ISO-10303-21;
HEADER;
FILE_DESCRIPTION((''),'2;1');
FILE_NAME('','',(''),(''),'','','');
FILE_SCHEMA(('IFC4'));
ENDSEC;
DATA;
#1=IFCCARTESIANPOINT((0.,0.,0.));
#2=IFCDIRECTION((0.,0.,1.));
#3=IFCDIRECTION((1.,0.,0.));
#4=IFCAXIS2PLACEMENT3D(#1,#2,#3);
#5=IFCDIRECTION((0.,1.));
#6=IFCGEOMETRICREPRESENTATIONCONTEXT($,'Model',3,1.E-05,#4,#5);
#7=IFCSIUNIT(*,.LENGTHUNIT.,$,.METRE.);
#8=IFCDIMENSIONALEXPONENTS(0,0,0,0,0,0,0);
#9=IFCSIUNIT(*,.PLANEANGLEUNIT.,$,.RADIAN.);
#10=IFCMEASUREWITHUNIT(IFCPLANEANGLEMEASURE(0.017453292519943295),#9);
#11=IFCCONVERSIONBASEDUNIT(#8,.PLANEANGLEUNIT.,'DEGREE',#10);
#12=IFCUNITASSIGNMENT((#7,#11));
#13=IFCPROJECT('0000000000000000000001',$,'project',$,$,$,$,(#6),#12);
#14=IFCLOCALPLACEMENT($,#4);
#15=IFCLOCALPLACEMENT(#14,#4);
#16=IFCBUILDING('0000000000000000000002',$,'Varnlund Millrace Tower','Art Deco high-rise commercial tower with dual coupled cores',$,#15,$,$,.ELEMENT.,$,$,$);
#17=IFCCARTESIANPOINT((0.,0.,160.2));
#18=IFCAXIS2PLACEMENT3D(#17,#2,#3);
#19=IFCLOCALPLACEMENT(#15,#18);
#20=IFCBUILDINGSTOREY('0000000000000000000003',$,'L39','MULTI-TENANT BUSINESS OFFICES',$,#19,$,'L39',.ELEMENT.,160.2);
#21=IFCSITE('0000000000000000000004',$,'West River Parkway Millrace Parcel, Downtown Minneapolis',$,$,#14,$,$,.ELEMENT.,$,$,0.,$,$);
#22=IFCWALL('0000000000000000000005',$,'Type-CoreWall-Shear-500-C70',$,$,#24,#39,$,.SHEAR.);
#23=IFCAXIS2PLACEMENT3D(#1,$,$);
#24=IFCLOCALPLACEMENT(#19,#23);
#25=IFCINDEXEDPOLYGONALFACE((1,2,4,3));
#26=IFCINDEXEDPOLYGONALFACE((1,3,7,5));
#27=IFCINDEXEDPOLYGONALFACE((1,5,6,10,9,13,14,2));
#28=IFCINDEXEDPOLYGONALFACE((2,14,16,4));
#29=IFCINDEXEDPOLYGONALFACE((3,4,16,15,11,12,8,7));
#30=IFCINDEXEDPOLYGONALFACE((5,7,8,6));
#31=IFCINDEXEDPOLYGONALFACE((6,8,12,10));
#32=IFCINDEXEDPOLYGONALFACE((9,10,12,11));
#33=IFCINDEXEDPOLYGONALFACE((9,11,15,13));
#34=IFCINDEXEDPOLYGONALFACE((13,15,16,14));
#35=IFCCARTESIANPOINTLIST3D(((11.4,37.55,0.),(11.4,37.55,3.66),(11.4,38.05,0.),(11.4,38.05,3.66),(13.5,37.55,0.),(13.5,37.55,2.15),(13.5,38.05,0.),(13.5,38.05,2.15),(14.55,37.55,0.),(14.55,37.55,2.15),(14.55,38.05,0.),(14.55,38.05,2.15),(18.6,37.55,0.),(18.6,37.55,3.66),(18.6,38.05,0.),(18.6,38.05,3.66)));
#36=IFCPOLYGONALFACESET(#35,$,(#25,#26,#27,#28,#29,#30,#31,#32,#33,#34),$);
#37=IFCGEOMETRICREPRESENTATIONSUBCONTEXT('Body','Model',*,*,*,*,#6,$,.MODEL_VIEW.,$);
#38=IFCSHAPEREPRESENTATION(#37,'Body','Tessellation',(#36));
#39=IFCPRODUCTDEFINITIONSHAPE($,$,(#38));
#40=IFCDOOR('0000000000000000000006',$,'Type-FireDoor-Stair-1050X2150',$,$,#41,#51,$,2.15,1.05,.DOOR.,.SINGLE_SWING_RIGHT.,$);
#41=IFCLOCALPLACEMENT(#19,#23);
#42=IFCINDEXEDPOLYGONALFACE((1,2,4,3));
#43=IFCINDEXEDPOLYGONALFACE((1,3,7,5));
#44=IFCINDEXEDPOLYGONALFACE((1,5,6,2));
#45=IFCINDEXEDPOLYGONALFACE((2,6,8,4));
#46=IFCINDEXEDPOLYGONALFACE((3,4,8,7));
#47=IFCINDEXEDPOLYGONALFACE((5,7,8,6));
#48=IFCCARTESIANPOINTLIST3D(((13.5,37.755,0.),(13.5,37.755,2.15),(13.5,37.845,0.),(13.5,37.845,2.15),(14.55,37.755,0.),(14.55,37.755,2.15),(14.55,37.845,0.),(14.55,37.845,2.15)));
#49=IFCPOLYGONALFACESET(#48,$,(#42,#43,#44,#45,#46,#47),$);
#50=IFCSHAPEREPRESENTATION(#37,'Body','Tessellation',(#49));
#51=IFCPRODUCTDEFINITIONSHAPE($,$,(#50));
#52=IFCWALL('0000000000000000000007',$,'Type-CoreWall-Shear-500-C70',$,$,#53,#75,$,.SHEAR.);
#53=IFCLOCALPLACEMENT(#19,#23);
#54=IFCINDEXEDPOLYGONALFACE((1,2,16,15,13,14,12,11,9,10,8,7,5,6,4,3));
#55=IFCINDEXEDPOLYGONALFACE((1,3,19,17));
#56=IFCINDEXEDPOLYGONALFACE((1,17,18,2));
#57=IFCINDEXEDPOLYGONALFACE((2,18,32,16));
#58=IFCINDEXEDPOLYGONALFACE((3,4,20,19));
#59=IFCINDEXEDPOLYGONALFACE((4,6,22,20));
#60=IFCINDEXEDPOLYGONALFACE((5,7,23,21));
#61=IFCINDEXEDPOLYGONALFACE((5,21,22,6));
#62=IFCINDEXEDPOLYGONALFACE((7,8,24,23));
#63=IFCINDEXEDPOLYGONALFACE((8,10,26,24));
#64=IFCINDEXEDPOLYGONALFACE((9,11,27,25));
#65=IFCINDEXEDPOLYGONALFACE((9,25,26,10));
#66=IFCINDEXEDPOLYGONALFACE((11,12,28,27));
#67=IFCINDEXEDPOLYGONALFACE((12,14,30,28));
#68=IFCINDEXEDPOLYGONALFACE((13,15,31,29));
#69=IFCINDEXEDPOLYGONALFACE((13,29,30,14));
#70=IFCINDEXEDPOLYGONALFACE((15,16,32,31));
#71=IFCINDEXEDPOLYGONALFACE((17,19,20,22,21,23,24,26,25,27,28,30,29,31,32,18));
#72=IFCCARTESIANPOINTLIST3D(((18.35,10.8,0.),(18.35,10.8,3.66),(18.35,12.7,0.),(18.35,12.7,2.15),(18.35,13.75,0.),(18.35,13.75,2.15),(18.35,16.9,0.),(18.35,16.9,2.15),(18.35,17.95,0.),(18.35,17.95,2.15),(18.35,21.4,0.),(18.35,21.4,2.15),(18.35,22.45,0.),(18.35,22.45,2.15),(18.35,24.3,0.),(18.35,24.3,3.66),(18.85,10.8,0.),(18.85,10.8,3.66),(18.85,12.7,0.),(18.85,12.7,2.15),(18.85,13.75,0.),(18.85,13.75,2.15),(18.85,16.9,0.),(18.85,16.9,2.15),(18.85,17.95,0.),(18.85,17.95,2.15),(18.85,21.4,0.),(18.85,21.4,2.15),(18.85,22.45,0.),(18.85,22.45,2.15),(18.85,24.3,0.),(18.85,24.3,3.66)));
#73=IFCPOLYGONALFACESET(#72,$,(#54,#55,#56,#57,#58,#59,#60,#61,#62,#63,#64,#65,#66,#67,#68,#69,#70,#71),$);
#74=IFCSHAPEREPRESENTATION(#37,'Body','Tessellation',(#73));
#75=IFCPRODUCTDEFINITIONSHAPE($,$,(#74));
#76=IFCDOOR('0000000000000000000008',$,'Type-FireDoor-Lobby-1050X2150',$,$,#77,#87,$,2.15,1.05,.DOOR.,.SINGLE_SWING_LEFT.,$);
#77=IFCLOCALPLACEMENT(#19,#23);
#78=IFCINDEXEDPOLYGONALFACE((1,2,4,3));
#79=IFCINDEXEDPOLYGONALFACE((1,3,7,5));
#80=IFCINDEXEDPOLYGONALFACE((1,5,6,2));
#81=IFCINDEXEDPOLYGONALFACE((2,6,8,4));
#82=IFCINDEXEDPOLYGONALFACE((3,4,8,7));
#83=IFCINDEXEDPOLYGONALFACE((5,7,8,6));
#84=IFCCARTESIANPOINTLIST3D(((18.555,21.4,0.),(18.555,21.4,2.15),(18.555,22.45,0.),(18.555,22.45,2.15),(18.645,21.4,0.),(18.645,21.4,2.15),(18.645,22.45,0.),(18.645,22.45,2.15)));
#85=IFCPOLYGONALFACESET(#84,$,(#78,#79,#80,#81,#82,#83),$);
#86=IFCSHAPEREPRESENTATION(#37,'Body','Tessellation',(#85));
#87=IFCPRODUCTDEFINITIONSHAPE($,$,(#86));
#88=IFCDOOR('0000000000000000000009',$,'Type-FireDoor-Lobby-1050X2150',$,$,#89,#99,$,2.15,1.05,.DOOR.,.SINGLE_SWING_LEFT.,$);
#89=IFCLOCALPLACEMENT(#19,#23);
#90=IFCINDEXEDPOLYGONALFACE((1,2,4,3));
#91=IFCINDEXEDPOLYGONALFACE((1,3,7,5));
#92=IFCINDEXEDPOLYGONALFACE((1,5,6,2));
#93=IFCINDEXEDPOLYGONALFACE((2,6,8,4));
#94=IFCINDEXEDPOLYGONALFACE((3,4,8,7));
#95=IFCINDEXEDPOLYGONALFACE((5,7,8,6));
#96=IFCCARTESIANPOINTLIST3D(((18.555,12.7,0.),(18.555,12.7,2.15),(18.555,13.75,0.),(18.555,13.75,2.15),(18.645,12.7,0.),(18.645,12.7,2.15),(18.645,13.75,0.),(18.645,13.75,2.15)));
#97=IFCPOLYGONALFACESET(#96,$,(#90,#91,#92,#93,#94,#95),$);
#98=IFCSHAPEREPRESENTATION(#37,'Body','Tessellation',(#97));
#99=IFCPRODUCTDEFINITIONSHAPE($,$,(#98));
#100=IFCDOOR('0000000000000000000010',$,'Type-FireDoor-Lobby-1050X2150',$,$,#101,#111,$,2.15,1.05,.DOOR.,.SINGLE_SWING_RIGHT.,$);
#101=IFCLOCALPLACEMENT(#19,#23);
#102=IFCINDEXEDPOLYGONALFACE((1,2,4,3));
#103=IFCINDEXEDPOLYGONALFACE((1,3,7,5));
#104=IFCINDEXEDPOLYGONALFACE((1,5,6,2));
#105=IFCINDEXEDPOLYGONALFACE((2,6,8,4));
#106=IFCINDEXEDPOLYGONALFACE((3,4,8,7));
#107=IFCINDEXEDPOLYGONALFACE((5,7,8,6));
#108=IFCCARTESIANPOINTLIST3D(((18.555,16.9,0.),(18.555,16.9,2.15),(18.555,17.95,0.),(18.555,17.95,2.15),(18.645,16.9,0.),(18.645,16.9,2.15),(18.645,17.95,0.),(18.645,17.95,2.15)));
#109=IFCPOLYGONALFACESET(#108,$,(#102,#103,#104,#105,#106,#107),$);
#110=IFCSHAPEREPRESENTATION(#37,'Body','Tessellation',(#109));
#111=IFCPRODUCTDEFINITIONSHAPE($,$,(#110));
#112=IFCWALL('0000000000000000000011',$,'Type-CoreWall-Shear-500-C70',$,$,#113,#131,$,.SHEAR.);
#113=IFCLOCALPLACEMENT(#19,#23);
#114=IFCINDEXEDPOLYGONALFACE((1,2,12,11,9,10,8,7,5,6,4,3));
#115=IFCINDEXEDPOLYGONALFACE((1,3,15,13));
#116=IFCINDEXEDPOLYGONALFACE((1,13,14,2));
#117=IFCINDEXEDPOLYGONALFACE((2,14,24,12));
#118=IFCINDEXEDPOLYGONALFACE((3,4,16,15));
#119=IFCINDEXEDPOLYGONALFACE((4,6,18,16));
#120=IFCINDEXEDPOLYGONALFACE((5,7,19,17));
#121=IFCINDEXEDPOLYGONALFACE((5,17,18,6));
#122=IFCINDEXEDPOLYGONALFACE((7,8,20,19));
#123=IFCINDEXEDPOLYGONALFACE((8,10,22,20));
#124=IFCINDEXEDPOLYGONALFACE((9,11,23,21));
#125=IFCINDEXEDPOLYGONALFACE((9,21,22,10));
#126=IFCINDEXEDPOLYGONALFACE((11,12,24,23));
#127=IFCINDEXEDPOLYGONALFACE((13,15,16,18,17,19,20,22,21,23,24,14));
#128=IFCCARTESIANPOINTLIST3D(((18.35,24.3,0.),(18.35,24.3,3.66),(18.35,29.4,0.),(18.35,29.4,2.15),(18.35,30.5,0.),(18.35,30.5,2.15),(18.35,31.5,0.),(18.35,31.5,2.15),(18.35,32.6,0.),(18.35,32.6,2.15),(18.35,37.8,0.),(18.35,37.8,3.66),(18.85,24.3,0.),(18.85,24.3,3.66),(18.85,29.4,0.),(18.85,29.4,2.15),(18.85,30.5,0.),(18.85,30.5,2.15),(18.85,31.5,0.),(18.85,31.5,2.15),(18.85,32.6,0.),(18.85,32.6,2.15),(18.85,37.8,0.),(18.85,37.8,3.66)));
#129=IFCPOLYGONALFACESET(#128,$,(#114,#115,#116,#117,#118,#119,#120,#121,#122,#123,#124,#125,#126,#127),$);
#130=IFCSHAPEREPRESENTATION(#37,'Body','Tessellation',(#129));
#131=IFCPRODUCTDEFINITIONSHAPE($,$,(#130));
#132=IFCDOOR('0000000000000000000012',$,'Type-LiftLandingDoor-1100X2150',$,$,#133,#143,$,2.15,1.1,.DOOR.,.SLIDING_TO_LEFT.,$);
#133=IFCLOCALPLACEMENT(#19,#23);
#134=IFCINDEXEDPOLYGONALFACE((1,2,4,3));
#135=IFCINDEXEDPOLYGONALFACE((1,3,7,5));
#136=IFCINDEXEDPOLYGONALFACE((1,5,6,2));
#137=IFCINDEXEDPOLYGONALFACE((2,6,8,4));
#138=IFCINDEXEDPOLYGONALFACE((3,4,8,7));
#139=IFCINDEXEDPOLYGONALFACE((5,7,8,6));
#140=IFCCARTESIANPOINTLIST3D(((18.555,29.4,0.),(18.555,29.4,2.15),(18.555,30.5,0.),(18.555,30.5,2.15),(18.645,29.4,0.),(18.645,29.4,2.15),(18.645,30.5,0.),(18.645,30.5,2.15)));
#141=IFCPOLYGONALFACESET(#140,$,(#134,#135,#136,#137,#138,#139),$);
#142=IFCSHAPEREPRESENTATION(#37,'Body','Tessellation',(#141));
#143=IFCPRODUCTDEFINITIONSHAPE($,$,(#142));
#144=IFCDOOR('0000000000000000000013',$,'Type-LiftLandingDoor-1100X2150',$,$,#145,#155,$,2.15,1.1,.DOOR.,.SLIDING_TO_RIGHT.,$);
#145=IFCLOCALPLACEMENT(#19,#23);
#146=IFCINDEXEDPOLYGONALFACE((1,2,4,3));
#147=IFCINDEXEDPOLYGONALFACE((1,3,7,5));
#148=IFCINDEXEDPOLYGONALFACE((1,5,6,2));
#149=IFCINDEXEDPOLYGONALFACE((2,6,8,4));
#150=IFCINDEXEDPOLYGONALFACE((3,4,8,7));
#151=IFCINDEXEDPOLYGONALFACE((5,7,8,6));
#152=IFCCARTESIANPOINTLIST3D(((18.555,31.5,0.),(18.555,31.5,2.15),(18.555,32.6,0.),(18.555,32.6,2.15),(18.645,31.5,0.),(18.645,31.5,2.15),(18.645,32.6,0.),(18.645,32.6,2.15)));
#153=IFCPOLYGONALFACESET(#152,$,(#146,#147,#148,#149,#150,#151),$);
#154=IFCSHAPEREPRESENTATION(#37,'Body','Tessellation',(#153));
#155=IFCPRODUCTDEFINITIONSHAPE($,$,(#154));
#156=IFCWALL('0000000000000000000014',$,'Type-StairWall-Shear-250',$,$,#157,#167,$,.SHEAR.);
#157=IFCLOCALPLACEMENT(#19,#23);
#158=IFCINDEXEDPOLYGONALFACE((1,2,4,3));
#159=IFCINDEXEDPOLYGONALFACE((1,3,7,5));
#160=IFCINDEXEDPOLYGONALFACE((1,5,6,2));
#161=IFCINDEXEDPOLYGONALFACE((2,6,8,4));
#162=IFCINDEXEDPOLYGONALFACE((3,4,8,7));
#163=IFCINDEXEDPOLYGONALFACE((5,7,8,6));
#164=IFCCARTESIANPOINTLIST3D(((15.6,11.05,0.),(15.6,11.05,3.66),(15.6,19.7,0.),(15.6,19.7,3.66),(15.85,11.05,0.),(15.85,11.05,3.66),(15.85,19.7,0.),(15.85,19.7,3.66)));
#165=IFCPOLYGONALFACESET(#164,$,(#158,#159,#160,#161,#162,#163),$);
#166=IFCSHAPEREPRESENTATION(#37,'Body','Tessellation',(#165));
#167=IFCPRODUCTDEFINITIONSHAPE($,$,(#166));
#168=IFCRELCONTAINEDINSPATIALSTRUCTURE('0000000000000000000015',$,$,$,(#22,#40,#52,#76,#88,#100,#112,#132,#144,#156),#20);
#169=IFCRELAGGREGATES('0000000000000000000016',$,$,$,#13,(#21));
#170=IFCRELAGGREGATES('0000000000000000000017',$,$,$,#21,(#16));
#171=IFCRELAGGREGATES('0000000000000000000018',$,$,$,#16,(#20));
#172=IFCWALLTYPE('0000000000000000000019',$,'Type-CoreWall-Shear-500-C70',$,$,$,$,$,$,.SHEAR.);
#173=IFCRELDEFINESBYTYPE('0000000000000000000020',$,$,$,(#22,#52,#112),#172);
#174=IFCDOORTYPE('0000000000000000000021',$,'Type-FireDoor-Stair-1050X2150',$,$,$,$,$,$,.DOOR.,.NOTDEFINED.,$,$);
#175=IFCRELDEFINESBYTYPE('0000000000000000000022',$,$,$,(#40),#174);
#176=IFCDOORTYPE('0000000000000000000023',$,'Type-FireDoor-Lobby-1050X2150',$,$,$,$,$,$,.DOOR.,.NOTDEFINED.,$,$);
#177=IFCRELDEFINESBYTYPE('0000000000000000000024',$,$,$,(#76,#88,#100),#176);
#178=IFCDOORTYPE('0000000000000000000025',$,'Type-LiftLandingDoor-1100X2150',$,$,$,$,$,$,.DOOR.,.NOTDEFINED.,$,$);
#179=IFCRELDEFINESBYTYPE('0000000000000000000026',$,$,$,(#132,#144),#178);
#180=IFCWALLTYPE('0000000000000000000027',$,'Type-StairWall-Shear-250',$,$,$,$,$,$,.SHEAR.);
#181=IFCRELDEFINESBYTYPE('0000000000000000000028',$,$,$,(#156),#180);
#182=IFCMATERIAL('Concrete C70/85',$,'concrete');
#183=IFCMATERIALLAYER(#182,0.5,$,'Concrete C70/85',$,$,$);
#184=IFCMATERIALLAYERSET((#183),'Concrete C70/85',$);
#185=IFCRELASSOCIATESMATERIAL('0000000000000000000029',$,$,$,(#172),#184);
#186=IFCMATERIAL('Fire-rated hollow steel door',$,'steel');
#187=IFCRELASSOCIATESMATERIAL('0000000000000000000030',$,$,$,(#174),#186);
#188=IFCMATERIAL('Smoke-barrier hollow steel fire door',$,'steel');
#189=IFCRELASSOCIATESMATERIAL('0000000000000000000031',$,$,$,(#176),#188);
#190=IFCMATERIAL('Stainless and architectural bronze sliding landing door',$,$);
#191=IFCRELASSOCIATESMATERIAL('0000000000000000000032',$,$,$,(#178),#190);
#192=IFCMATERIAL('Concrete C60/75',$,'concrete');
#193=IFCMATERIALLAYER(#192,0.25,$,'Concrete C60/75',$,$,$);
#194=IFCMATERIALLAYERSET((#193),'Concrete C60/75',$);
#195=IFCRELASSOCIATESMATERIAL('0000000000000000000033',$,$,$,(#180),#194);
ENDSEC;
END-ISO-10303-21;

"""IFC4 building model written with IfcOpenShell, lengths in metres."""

from ifc_helpers import new_model, entity, si_unit, converted_unit, direction, frame, origin_with_axes, origin_2d_with_axis, place, context, subcontext, project, spatial, polyline, rectangle, outline, extrude, material, layer, layer_set, type_object, element, fill, save


model = new_model("IFC4")

# Units and contexts
model_context = context("Model", 3, precision=1e-05, world=origin_with_axes(), true_north=direction((0.0, 1.0)))
body_context = subcontext(model_context, "Body", "Model", "MODEL_VIEW")
ifc_project = project(units=[si_unit("LENGTHUNIT", "METRE"), converted_unit("PLANEANGLEUNIT", "DEGREE", entity("IfcPlaneAngleMeasure", 0.017453292519943295), si_unit("PLANEANGLEUNIT", "RADIAN"), dimensions=[0, 0, 0, 0, 0, 0, 0])], contexts=[model_context])

# Site, building, storey
site_placement = place(None, origin_with_axes())
site = spatial("IfcSite", under=ifc_project, at=site_placement, Name="West River Parkway Millrace Parcel, Downtown Minneapolis", CompositionType="ELEMENT", RefElevation=0.0)
building_placement = place(site_placement, origin_with_axes())
building = spatial("IfcBuilding", under=site, at=building_placement, Name="Varnlund Millrace Tower", Description="Art Deco high-rise commercial tower with dual coupled cores", CompositionType="ELEMENT")
storey_placement = place(building_placement, frame((0.0, 0.0, 160.2), z_axis=(0.0, 0.0, 1.0), x_axis=(1.0, 0.0, 0.0)))
storey = spatial("IfcBuildingStorey", under=building, at=storey_placement, Name="L39", Description="MULTI-TENANT BUSINESS OFFICES", LongName="L39", CompositionType="ELEMENT", Elevation=160.2)

# Shared definitions
ifc_material_1 = material(Name="Concrete C60/75", Category="concrete")

# Shared definitions
ifc_material_2 = material(Name="Concrete C70/85", Category="concrete")
ifc_layer_1 = layer(ifc_material_2, 0.5, Name="Concrete C70/85")
ifc_layer_set_1 = layer_set([ifc_layer_1], Name="Concrete C70/85")
wall_type_1 = type_object("IfcWallType", Name="Type-CoreWall-Shear-500-C70", PredefinedType="SHEAR", material=ifc_layer_set_1)

# Wall, opening, door
ifc_material_3 = material(Name="Fire-rated hollow steel door", Category="steel")
door_type_1 = type_object("IfcDoorType", Name="Type-FireDoor-Stair-1050X2150", OperationType="NOTDEFINED", PredefinedType="DOOR", material=ifc_material_3)
wall_1_placement = place(storey_placement, frame((11.4, 37.8, 0.0), z_axis=(0.0, 0.0, 1.0), x_axis=(1.0, 0.0, 0.0)))
wall_1 = element("IfcWall", 1, at=wall_1_placement, inside=storey, type_object=wall_type_1, Name="Type-CoreWall-Shear-500-C70", PredefinedType="SHEAR", context=body_context, shape_type="SweptSolid", body=[
    extrude(outline(polyline([(0.0, -0.25), (7.2, -0.25), (7.2, 0.25), (0.0, 0.25), (0.0, -0.25)])), origin_with_axes(), (0.0, 0.0, 1.0), 3.66),
])
opening_1_placement = place(wall_1_placement, frame((2.625, 0.0, 0.0), z_axis=(0.0, 0.0, 1.0), x_axis=(1.0, 0.0, 0.0)))
opening_1 = element("IfcOpeningElement", 2, at=opening_1_placement, cuts=wall_1, PredefinedType="OPENING", context=body_context, shape_type="SweptSolid", body=[
    extrude(rectangle(XDim=1.05, YDim=0.52, at=origin_2d_with_axis()), origin_with_axes(), (0.0, 0.0, 1.0), 2.15),
])
door_1_placement = place(wall_1_placement, frame((2.625, 0.0, 0.0), z_axis=(0.0, 0.0, 1.0), x_axis=(1.0, 0.0, 0.0)))
door_1 = element("IfcDoor", 3, at=door_1_placement, inside=storey, type_object=door_type_1, Name="Type-FireDoor-Stair-1050X2150", OperationType="SINGLE_SWING_RIGHT", OverallHeight=2.15, OverallWidth=1.05, PredefinedType="DOOR", context=body_context, shape_type="SweptSolid", body=[
    extrude(rectangle(XDim=1.05, YDim=0.09, at=origin_2d_with_axis()), origin_with_axes(), (0.0, 0.0, 1.0), 2.15),
])
fill(opening_1, door_1)

# Walls, openings, doors
wall_2_placement = place(storey_placement, frame((18.6, 10.8, 0.0), z_axis=(0.0, 0.0, 1.0), x_axis=(0.0, 1.0, 0.0)))
wall_2 = element("IfcWall", 4, at=wall_2_placement, inside=storey, type_object=wall_type_1, Name="Type-CoreWall-Shear-500-C70", PredefinedType="SHEAR", context=body_context, shape_type="SweptSolid", body=[
    extrude(outline(polyline([(0.0, -0.25), (13.5, -0.25), (13.5, 0.25), (0.0, 0.25), (0.0, -0.25)])), origin_with_axes(), (0.0, 0.0, 1.0), 3.66),
])
opening_2_placement = place(wall_2_placement, frame((11.125, 0.0, 0.0), z_axis=(0.0, 0.0, 1.0), x_axis=(1.0, 0.0, 0.0)))
opening_2 = element("IfcOpeningElement", 5, at=opening_2_placement, cuts=wall_2, PredefinedType="OPENING", context=body_context, shape_type="SweptSolid", body=[
    extrude(rectangle(XDim=1.05, YDim=0.52, at=origin_2d_with_axis()), origin_with_axes(), (0.0, 0.0, 1.0), 2.15),
])
opening_3_placement = place(wall_2_placement, frame((2.425, 0.0, 0.0), z_axis=(0.0, 0.0, 1.0), x_axis=(1.0, 0.0, 0.0)))
opening_3 = element("IfcOpeningElement", 6, at=opening_3_placement, cuts=wall_2, PredefinedType="OPENING", context=body_context, shape_type="SweptSolid", body=[
    extrude(rectangle(XDim=1.05, YDim=0.52, at=origin_2d_with_axis()), origin_with_axes(), (0.0, 0.0, 1.0), 2.15),
])
opening_4_placement = place(wall_2_placement, frame((6.625, 0.0, 0.0), z_axis=(0.0, 0.0, 1.0), x_axis=(1.0, 0.0, 0.0)))
opening_4 = element("IfcOpeningElement", 7, at=opening_4_placement, cuts=wall_2, PredefinedType="OPENING", context=body_context, shape_type="SweptSolid", body=[
    extrude(rectangle(XDim=1.05, YDim=0.52, at=origin_2d_with_axis()), origin_with_axes(), (0.0, 0.0, 1.0), 2.15),
])
ifc_material_4 = material(Name="Smoke-barrier hollow steel fire door", Category="steel")
door_type_2 = type_object("IfcDoorType", Name="Type-FireDoor-Lobby-1050X2150", OperationType="NOTDEFINED", PredefinedType="DOOR", material=ifc_material_4)
door_2_placement = place(wall_2_placement, frame((11.125, 0.0, 0.0), z_axis=(0.0, 0.0, 1.0), x_axis=(1.0, 0.0, 0.0)))
door_2 = element("IfcDoor", 8, at=door_2_placement, inside=storey, type_object=door_type_2, Name="Type-FireDoor-Lobby-1050X2150", OperationType="SINGLE_SWING_LEFT", OverallHeight=2.15, OverallWidth=1.05, PredefinedType="DOOR", context=body_context, shape_type="SweptSolid", body=[
    extrude(rectangle(XDim=1.05, YDim=0.09, at=origin_2d_with_axis()), origin_with_axes(), (0.0, 0.0, 1.0), 2.15),
])
fill(opening_2, door_2)
door_3_placement = place(wall_2_placement, frame((2.425, 0.0, 0.0), z_axis=(0.0, 0.0, 1.0), x_axis=(1.0, 0.0, 0.0)))
door_3 = element("IfcDoor", 9, at=door_3_placement, inside=storey, type_object=door_type_2, Name="Type-FireDoor-Lobby-1050X2150", OperationType="SINGLE_SWING_LEFT", OverallHeight=2.15, OverallWidth=1.05, PredefinedType="DOOR", context=body_context, shape_type="SweptSolid", body=[
    extrude(rectangle(XDim=1.05, YDim=0.09, at=origin_2d_with_axis()), origin_with_axes(), (0.0, 0.0, 1.0), 2.15),
])
fill(opening_3, door_3)
door_4_placement = place(wall_2_placement, frame((6.625, 0.0, 0.0), z_axis=(0.0, 0.0, 1.0), x_axis=(1.0, 0.0, 0.0)))
door_4 = element("IfcDoor", 10, at=door_4_placement, inside=storey, type_object=door_type_2, Name="Type-FireDoor-Lobby-1050X2150", OperationType="SINGLE_SWING_RIGHT", OverallHeight=2.15, OverallWidth=1.05, PredefinedType="DOOR", context=body_context, shape_type="SweptSolid", body=[
    extrude(rectangle(XDim=1.05, YDim=0.09, at=origin_2d_with_axis()), origin_with_axes(), (0.0, 0.0, 1.0), 2.15),
])
fill(opening_4, door_4)
wall_3_placement = place(storey_placement, frame((18.6, 24.3, 0.0), z_axis=(0.0, 0.0, 1.0), x_axis=(0.0, 1.0, 0.0)))
wall_3 = element("IfcWall", 11, at=wall_3_placement, inside=storey, type_object=wall_type_1, Name="Type-CoreWall-Shear-500-C70", PredefinedType="SHEAR", context=body_context, shape_type="SweptSolid", body=[
    extrude(outline(polyline([(0.0, -0.25), (13.5, -0.25), (13.5, 0.25), (0.0, 0.25), (0.0, -0.25)])), origin_with_axes(), (0.0, 0.0, 1.0), 3.66),
])
opening_5_placement = place(wall_3_placement, frame((5.65, 0.0, 0.0), z_axis=(0.0, 0.0, 1.0), x_axis=(1.0, 0.0, 0.0)))
opening_5 = element("IfcOpeningElement", 12, at=opening_5_placement, cuts=wall_3, PredefinedType="OPENING", context=body_context, shape_type="SweptSolid", body=[
    extrude(rectangle(XDim=1.1, YDim=0.52, at=origin_2d_with_axis()), origin_with_axes(), (0.0, 0.0, 1.0), 2.15),
])
opening_6_placement = place(wall_3_placement, frame((7.75, 0.0, 0.0), z_axis=(0.0, 0.0, 1.0), x_axis=(1.0, 0.0, 0.0)))
opening_6 = element("IfcOpeningElement", 13, at=opening_6_placement, cuts=wall_3, PredefinedType="OPENING", context=body_context, shape_type="SweptSolid", body=[
    extrude(rectangle(XDim=1.1, YDim=0.52, at=origin_2d_with_axis()), origin_with_axes(), (0.0, 0.0, 1.0), 2.15),
])
ifc_material_5 = material(Name="Stainless and architectural bronze sliding landing door")
door_type_3 = type_object("IfcDoorType", Name="Type-LiftLandingDoor-1100X2150", OperationType="NOTDEFINED", PredefinedType="DOOR", material=ifc_material_5)
door_5_placement = place(wall_3_placement, frame((5.65, 0.0, 0.0), z_axis=(0.0, 0.0, 1.0), x_axis=(1.0, 0.0, 0.0)))
door_5 = element("IfcDoor", 14, at=door_5_placement, inside=storey, type_object=door_type_3, Name="Type-LiftLandingDoor-1100X2150", OperationType="SLIDING_TO_LEFT", OverallHeight=2.15, OverallWidth=1.1, PredefinedType="DOOR", context=body_context, shape_type="SweptSolid", body=[
    extrude(rectangle(XDim=1.1, YDim=0.09, at=origin_2d_with_axis()), origin_with_axes(), (0.0, 0.0, 1.0), 2.15),
])
fill(opening_5, door_5)
door_6_placement = place(wall_3_placement, frame((7.75, 0.0, 0.0), z_axis=(0.0, 0.0, 1.0), x_axis=(1.0, 0.0, 0.0)))
door_6 = element("IfcDoor", 15, at=door_6_placement, inside=storey, type_object=door_type_3, Name="Type-LiftLandingDoor-1100X2150", OperationType="SLIDING_TO_RIGHT", OverallHeight=2.15, OverallWidth=1.1, PredefinedType="DOOR", context=body_context, shape_type="SweptSolid", body=[
    extrude(rectangle(XDim=1.1, YDim=0.09, at=origin_2d_with_axis()), origin_with_axes(), (0.0, 0.0, 1.0), 2.15),
])
fill(opening_6, door_6)

# Wall
ifc_layer_2 = layer(ifc_material_1, 0.25, Name="Concrete C60/75")
ifc_layer_set_2 = layer_set([ifc_layer_2], Name="Concrete C60/75")
wall_type_2 = type_object("IfcWallType", Name="Type-StairWall-Shear-250", PredefinedType="SHEAR", material=ifc_layer_set_2)
wall_4_placement = place(storey_placement, frame((15.725, 11.05, 0.0), z_axis=(0.0, 0.0, 1.0), x_axis=(0.0, 1.0, 0.0)))
element("IfcWall", 16, at=wall_4_placement, inside=storey, type_object=wall_type_2, Name="Type-StairWall-Shear-250", PredefinedType="SHEAR", context=body_context, shape_type="SweptSolid", body=[
    extrude(outline(polyline([(0.0, -0.125), (8.65, -0.125), (8.65, 0.125), (0.0, 0.125), (0.0, -0.125)])), origin_with_axes(), (0.0, 0.0, 1.0), 3.66),
])

save(model, "model.ifc")
